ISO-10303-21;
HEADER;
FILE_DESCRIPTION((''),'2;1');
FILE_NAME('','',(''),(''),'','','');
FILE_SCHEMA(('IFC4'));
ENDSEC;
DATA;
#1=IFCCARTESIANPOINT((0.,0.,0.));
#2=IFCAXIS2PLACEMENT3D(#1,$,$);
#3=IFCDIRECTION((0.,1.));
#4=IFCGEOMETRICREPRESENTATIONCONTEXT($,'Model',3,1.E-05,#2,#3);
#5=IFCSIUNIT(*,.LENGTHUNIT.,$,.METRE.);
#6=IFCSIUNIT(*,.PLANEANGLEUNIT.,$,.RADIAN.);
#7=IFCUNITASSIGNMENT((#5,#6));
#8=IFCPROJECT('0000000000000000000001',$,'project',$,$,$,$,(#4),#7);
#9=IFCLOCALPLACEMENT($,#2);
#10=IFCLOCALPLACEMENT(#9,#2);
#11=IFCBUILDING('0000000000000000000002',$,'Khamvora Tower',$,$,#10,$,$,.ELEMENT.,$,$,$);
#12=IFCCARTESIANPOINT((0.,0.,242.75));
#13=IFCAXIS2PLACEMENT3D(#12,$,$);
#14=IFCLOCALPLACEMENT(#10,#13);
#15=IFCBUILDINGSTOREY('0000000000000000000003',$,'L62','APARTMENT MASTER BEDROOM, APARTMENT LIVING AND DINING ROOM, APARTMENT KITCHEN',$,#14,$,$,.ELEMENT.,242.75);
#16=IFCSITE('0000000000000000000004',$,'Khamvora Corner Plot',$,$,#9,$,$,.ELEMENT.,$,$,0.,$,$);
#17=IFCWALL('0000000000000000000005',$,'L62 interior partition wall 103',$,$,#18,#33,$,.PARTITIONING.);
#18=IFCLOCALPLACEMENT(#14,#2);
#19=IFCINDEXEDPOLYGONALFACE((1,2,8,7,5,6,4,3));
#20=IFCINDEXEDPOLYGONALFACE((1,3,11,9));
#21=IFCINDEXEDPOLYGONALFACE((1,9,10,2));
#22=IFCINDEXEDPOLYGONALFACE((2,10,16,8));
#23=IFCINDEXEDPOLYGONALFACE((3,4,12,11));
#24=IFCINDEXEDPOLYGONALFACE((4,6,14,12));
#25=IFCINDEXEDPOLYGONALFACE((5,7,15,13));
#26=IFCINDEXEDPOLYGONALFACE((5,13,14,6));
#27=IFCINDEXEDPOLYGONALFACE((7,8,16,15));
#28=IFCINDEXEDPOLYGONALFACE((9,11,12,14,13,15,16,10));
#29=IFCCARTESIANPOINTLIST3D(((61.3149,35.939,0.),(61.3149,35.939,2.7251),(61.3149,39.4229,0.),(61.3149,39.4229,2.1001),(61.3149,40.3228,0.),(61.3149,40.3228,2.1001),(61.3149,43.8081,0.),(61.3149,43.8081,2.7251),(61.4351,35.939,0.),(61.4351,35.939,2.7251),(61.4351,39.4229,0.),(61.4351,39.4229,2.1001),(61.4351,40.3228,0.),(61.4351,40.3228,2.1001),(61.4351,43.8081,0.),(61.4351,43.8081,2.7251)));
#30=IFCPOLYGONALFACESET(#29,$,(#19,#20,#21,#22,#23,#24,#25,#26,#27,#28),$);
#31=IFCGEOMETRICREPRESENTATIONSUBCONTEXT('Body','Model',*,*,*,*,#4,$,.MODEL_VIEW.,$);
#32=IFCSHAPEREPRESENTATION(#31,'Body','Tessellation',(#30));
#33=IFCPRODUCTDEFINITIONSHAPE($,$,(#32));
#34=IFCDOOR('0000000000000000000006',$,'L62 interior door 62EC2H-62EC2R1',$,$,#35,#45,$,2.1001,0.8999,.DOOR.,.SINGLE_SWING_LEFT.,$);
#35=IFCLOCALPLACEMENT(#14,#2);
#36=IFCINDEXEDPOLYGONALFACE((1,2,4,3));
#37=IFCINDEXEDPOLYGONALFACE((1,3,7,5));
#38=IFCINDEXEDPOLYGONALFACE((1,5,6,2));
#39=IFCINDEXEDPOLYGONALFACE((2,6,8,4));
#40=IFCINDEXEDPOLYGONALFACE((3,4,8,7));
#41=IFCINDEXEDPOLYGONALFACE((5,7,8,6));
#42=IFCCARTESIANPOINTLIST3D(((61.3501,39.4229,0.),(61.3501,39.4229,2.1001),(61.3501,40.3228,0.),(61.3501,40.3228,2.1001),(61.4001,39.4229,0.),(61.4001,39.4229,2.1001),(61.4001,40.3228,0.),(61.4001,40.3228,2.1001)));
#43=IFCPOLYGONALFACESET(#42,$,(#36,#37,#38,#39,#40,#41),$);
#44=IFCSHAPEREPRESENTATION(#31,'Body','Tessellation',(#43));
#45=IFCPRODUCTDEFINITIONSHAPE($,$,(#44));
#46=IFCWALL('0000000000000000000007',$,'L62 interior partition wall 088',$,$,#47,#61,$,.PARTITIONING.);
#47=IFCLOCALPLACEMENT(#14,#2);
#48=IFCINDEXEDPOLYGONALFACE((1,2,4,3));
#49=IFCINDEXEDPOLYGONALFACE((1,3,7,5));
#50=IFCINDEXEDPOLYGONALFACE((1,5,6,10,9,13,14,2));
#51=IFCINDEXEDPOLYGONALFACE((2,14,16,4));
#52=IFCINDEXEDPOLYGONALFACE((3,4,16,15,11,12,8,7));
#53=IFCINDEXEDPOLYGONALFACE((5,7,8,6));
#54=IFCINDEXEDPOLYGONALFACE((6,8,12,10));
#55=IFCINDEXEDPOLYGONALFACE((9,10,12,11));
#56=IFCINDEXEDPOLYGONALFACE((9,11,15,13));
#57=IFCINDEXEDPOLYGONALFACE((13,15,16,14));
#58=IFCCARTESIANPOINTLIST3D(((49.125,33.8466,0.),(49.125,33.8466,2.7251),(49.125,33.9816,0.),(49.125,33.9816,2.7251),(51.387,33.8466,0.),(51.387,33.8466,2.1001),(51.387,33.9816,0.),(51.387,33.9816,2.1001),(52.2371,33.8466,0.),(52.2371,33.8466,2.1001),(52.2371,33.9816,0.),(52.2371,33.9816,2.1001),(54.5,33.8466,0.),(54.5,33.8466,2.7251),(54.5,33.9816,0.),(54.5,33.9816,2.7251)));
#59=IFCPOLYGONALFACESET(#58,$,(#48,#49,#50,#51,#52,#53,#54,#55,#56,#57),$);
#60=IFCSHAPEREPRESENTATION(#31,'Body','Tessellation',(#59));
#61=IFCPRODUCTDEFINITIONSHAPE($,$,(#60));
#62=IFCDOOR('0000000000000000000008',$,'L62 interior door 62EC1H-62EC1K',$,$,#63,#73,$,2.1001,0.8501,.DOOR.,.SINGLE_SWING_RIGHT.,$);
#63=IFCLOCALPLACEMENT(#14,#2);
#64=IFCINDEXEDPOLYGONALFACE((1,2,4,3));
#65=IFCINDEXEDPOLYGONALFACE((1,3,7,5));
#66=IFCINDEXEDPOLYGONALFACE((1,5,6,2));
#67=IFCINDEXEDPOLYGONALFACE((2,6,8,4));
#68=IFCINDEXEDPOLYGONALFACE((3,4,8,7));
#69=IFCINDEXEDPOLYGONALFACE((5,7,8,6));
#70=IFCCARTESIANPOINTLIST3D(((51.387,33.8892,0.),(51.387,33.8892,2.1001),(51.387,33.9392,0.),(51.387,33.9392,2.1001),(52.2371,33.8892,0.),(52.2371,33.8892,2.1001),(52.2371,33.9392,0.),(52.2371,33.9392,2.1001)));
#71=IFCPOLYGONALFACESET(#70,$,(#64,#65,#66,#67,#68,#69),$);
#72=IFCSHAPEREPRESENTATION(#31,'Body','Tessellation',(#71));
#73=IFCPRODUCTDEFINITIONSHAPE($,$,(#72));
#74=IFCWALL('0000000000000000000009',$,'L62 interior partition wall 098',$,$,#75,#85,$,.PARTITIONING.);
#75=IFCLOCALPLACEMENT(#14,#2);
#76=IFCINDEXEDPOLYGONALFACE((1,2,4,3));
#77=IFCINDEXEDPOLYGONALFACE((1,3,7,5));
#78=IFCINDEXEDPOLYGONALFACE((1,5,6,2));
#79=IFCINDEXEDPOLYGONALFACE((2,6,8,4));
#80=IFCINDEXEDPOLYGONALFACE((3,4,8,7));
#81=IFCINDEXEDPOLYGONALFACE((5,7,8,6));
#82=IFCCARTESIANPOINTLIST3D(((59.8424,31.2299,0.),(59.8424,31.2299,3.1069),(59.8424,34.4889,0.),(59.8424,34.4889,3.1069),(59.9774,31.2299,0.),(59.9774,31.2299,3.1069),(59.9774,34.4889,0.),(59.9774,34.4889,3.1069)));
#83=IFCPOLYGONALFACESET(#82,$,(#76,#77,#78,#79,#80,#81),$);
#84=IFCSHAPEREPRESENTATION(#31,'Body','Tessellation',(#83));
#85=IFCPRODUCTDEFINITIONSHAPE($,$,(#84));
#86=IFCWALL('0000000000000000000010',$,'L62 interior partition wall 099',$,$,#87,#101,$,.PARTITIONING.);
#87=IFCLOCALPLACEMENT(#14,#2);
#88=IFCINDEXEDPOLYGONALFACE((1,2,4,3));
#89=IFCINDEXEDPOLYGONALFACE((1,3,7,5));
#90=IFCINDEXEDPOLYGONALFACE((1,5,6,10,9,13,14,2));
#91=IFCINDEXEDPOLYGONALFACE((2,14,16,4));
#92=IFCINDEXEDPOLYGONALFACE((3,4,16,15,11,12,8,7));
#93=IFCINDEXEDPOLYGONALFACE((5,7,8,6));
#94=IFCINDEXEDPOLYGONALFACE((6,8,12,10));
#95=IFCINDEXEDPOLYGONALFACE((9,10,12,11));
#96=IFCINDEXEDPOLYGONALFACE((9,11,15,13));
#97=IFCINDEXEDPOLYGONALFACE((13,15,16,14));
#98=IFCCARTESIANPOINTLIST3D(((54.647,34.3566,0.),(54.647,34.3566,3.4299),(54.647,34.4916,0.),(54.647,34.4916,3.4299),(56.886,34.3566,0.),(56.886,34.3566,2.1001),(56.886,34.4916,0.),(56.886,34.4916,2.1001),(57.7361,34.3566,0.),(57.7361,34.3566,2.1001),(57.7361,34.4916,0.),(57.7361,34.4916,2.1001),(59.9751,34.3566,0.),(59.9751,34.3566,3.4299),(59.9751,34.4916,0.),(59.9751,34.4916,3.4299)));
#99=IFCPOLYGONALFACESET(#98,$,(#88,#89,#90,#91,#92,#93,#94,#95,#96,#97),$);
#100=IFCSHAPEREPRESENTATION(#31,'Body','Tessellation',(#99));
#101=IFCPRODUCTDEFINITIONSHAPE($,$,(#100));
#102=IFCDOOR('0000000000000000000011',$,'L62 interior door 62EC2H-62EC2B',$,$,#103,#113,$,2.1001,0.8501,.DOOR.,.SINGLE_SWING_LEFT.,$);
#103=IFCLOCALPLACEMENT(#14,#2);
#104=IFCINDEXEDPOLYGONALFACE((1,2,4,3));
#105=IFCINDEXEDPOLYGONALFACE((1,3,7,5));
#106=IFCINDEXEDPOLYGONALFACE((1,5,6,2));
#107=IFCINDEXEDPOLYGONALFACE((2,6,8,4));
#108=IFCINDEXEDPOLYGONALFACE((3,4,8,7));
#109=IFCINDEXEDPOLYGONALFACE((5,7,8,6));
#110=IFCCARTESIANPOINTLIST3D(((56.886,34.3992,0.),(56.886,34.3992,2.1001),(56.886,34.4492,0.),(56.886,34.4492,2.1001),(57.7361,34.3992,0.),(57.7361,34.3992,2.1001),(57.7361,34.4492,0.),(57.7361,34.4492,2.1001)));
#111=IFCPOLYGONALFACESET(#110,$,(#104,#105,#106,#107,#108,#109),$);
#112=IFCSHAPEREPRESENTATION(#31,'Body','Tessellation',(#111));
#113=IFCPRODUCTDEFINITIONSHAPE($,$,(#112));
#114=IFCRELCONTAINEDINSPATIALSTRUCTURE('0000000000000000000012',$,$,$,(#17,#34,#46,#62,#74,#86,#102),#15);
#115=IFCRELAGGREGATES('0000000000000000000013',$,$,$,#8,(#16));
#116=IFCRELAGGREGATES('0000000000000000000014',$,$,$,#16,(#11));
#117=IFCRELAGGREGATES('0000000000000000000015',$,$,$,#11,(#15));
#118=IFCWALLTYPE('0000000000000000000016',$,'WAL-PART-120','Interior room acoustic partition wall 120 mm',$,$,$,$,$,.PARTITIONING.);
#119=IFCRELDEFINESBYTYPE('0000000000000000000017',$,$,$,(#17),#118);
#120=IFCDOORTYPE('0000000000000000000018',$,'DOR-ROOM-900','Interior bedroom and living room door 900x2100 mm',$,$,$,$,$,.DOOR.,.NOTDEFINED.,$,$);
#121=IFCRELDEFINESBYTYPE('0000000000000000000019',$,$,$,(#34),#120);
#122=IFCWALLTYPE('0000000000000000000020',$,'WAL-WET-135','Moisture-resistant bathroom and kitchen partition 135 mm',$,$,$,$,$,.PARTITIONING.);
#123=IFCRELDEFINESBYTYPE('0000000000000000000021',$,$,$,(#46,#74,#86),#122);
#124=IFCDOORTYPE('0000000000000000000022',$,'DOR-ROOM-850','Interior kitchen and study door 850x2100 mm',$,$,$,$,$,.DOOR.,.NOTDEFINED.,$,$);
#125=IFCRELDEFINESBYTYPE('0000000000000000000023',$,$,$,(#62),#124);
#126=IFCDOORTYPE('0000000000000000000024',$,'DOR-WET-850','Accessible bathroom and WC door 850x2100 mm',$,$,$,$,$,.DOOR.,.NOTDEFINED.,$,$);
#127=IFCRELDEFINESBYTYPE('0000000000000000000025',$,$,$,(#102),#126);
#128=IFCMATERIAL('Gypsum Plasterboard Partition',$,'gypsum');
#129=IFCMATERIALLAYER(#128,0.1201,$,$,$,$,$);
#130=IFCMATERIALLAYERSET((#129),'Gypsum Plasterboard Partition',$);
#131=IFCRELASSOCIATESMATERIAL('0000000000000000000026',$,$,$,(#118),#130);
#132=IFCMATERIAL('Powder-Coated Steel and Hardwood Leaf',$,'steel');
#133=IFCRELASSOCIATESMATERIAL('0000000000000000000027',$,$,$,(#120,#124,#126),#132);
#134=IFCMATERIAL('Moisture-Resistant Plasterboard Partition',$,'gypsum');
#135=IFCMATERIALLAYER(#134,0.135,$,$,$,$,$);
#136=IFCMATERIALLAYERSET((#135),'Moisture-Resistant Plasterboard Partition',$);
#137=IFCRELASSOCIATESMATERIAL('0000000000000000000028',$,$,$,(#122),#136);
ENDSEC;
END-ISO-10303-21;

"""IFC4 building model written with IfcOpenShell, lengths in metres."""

from ifc_helpers import new_model, si_unit, direction, frame, frame_2d, origin, place, context, subcontext, project, spatial, rectangle, extrude, material, layer, layer_set, type_object, element, fill, save


model = new_model("IFC4")

# Units and contexts
model_context = context("Model", 3, precision=1e-05, world=origin(), true_north=direction((0.0, 1.0)))
body_context = subcontext(model_context, "Body", "Model", "MODEL_VIEW")
ifc_project = project(units=[si_unit("LENGTHUNIT", "METRE"), si_unit("PLANEANGLEUNIT", "RADIAN")], contexts=[model_context])

# Site, building, storey
site_placement = place(None, origin())
site = spatial("IfcSite", under=ifc_project, at=site_placement, Name="Khamvora Corner Plot", CompositionType="ELEMENT", RefElevation=0.0)
building_placement = place(site_placement, origin())
building = spatial("IfcBuilding", under=site, at=building_placement, Name="Khamvora Tower", CompositionType="ELEMENT")
storey_placement = place(building_placement, frame((0.0, 0.0, 242.75)))
storey = spatial("IfcBuildingStorey", under=building, at=storey_placement, Name="L62", Description="APARTMENT MASTER BEDROOM, APARTMENT LIVING AND DINING ROOM, APARTMENT KITCHEN", CompositionType="ELEMENT", Elevation=242.75)

# Shared definitions
ifc_material_1 = material(Name="Powder-Coated Steel and Hardwood Leaf", Category="steel")

# Shared definitions
ifc_material_2 = material(Name="Gypsum Plasterboard Partition", Category="gypsum")
ifc_layer_1 = layer(ifc_material_2, 0.1201)
ifc_layer_set_1 = layer_set([ifc_layer_1], Name="Gypsum Plasterboard Partition")
wall_type_1 = type_object("IfcWallType", Name="WAL-PART-120", Description="Interior room acoustic partition wall 120 mm", PredefinedType="PARTITIONING", material=ifc_layer_set_1)

# Walls, openings, doors
wall_1_placement = place(storey_placement, frame((61.375, 35.939, 0.0), z_axis=(0.0, 0.0, 1.0), x_axis=(0.0, 1.0, 0.0)))
wall_1 = element("IfcWall", 1, at=wall_1_placement, inside=storey, type_object=wall_type_1, Name="L62 interior partition wall 103", PredefinedType="PARTITIONING", context=body_context, shape_type="SweptSolid", body=[
    extrude(rectangle(XDim=7.8691, YDim=0.1201, at=frame_2d((3.9346, 0.0))), origin(), (0.0, 0.0, 1.0), 2.7251),
])
opening_1_placement = place(wall_1_placement, frame((3.4839, 0.0, 0.0)))
opening_1 = element("IfcOpeningElement", 2, at=opening_1_placement, cuts=wall_1, PredefinedType="OPENING", context=body_context, shape_type="SweptSolid", body=[
    extrude(rectangle(XDim=0.8999, YDim=2.1001, at=frame_2d((0.45, 1.05))), frame((0.0, 0.0701, 0.0), z_axis=(0.0, -1.0, 0.0), x_axis=(1.0, 0.0, 0.0)), (0.0, 0.0, 1.0), 0.1401),
])
door_type_1 = type_object("IfcDoorType", Name="DOR-ROOM-900", Description="Interior bedroom and living room door 900x2100 mm", OperationType="NOTDEFINED", PredefinedType="DOOR", material=ifc_material_1)
door_1_placement = place(opening_1_placement, origin())
door_1 = element("IfcDoor", 3, at=door_1_placement, inside=storey, type_object=door_type_1, Name="L62 interior door 62EC2H-62EC2R1", OperationType="SINGLE_SWING_LEFT", OverallHeight=2.1001, OverallWidth=0.8999, PredefinedType="DOOR", context=body_context, shape_type="SweptSolid", body=[
    extrude(rectangle(XDim=0.8999, YDim=2.1001, at=frame_2d((0.45, 1.05))), frame((0.0, 0.0249, 0.0), z_axis=(0.0, -1.0, 0.0), x_axis=(1.0, 0.0, 0.0)), (0.0, 0.0, 1.0), 0.05),
])
fill(opening_1, door_1)
ifc_material_3 = material(Name="Moisture-Resistant Plasterboard Partition", Category="gypsum")
ifc_layer_2 = layer(ifc_material_3, 0.135)
ifc_layer_set_2 = layer_set([ifc_layer_2], Name="Moisture-Resistant Plasterboard Partition")
wall_type_2 = type_object("IfcWallType", Name="WAL-WET-135", Description="Moisture-resistant bathroom and kitchen partition 135 mm", PredefinedType="PARTITIONING", material=ifc_layer_set_2)
wall_2_placement = place(storey_placement, frame((54.5, 33.9141, 0.0), z_axis=(0.0, 0.0, 1.0), x_axis=(-1.0, 0.0, 0.0)))
wall_2 = element("IfcWall", 4, at=wall_2_placement, inside=storey, type_object=wall_type_2, Name="L62 interior partition wall 088", PredefinedType="PARTITIONING", context=body_context, shape_type="SweptSolid", body=[
    extrude(rectangle(XDim=5.375, YDim=0.135, at=frame_2d((2.6875, 0.0))), origin(), (0.0, 0.0, 1.0), 2.7251),
])
opening_2_placement = place(wall_2_placement, frame((2.2629, 0.0, 0.0)))
opening_2 = element("IfcOpeningElement", 5, at=opening_2_placement, cuts=wall_2, PredefinedType="OPENING", context=body_context, shape_type="SweptSolid", body=[
    extrude(rectangle(XDim=0.8501, YDim=2.1001, at=frame_2d((0.425, 1.05))), frame((0.0, 0.0774, 0.0), z_axis=(0.0, -1.0, 0.0), x_axis=(1.0, 0.0, 0.0)), (0.0, 0.0, 1.0), 0.155),
])
door_type_2 = type_object("IfcDoorType", Name="DOR-ROOM-850", Description="Interior kitchen and study door 850x2100 mm", OperationType="NOTDEFINED", PredefinedType="DOOR", material=ifc_material_1)
door_2_placement = place(opening_2_placement, origin())
door_2 = element("IfcDoor", 6, at=door_2_placement, inside=storey, type_object=door_type_2, Name="L62 interior door 62EC1H-62EC1K", OperationType="SINGLE_SWING_RIGHT", OverallHeight=2.1001, OverallWidth=0.8501, PredefinedType="DOOR", context=body_context, shape_type="SweptSolid", body=[
    extrude(rectangle(XDim=0.8501, YDim=2.1001, at=frame_2d((0.425, 1.05))), frame((0.0, 0.0249, 0.0), z_axis=(0.0, -1.0, 0.0), x_axis=(1.0, 0.0, 0.0)), (0.0, 0.0, 1.0), 0.05),
])
fill(opening_2, door_2)

# Wall
wall_3_placement = place(storey_placement, frame((59.9099, 31.23, 0.0), z_axis=(0.0, 0.0, 1.0), x_axis=(0.0, 1.0, 0.0)))
element("IfcWall", 7, at=wall_3_placement, inside=storey, type_object=wall_type_2, Name="L62 interior partition wall 098", PredefinedType="PARTITIONING", context=body_context, shape_type="SweptSolid", body=[
    extrude(rectangle(XDim=3.259, YDim=0.135, at=frame_2d((1.6294, 0.0))), origin(), (0.0, 0.0, 1.0), 3.1069),
])

# Wall, opening, door
wall_4_placement = place(storey_placement, frame((59.9751, 34.4241, 0.0), z_axis=(0.0, 0.0, 1.0), x_axis=(-1.0, 0.0, 0.0)))
wall_4 = element("IfcWall", 8, at=wall_4_placement, inside=storey, type_object=wall_type_2, Name="L62 interior partition wall 099", PredefinedType="PARTITIONING", context=body_context, shape_type="SweptSolid", body=[
    extrude(rectangle(XDim=5.3281, YDim=0.135, at=frame_2d((2.6641, 0.0))), origin(), (0.0, 0.0, 1.0), 3.4299),
])
opening_3_placement = place(wall_4_placement, frame((2.239, 0.0, 0.0)))
opening_3 = element("IfcOpeningElement", 9, at=opening_3_placement, cuts=wall_4, PredefinedType="OPENING", context=body_context, shape_type="SweptSolid", body=[
    extrude(rectangle(XDim=0.8501, YDim=2.1001, at=frame_2d((0.425, 1.05))), frame((0.0, 0.0774, 0.0), z_axis=(0.0, -1.0, 0.0), x_axis=(1.0, 0.0, 0.0)), (0.0, 0.0, 1.0), 0.155),
])
door_type_3 = type_object("IfcDoorType", Name="DOR-WET-850", Description="Accessible bathroom and WC door 850x2100 mm", OperationType="NOTDEFINED", PredefinedType="DOOR", material=ifc_material_1)
door_3_placement = place(opening_3_placement, origin())
door_3 = element("IfcDoor", 10, at=door_3_placement, inside=storey, type_object=door_type_3, Name="L62 interior door 62EC2H-62EC2B", OperationType="SINGLE_SWING_LEFT", OverallHeight=2.1001, OverallWidth=0.8501, PredefinedType="DOOR", context=body_context, shape_type="SweptSolid", body=[
    extrude(rectangle(XDim=0.8501, YDim=2.1001, at=frame_2d((0.425, 1.05))), frame((0.0, 0.0249, 0.0), z_axis=(0.0, -1.0, 0.0), x_axis=(1.0, 0.0, 0.0)), (0.0, 0.0, 1.0), 0.05),
])
fill(opening_3, door_3)

save(model, "model.ifc")
